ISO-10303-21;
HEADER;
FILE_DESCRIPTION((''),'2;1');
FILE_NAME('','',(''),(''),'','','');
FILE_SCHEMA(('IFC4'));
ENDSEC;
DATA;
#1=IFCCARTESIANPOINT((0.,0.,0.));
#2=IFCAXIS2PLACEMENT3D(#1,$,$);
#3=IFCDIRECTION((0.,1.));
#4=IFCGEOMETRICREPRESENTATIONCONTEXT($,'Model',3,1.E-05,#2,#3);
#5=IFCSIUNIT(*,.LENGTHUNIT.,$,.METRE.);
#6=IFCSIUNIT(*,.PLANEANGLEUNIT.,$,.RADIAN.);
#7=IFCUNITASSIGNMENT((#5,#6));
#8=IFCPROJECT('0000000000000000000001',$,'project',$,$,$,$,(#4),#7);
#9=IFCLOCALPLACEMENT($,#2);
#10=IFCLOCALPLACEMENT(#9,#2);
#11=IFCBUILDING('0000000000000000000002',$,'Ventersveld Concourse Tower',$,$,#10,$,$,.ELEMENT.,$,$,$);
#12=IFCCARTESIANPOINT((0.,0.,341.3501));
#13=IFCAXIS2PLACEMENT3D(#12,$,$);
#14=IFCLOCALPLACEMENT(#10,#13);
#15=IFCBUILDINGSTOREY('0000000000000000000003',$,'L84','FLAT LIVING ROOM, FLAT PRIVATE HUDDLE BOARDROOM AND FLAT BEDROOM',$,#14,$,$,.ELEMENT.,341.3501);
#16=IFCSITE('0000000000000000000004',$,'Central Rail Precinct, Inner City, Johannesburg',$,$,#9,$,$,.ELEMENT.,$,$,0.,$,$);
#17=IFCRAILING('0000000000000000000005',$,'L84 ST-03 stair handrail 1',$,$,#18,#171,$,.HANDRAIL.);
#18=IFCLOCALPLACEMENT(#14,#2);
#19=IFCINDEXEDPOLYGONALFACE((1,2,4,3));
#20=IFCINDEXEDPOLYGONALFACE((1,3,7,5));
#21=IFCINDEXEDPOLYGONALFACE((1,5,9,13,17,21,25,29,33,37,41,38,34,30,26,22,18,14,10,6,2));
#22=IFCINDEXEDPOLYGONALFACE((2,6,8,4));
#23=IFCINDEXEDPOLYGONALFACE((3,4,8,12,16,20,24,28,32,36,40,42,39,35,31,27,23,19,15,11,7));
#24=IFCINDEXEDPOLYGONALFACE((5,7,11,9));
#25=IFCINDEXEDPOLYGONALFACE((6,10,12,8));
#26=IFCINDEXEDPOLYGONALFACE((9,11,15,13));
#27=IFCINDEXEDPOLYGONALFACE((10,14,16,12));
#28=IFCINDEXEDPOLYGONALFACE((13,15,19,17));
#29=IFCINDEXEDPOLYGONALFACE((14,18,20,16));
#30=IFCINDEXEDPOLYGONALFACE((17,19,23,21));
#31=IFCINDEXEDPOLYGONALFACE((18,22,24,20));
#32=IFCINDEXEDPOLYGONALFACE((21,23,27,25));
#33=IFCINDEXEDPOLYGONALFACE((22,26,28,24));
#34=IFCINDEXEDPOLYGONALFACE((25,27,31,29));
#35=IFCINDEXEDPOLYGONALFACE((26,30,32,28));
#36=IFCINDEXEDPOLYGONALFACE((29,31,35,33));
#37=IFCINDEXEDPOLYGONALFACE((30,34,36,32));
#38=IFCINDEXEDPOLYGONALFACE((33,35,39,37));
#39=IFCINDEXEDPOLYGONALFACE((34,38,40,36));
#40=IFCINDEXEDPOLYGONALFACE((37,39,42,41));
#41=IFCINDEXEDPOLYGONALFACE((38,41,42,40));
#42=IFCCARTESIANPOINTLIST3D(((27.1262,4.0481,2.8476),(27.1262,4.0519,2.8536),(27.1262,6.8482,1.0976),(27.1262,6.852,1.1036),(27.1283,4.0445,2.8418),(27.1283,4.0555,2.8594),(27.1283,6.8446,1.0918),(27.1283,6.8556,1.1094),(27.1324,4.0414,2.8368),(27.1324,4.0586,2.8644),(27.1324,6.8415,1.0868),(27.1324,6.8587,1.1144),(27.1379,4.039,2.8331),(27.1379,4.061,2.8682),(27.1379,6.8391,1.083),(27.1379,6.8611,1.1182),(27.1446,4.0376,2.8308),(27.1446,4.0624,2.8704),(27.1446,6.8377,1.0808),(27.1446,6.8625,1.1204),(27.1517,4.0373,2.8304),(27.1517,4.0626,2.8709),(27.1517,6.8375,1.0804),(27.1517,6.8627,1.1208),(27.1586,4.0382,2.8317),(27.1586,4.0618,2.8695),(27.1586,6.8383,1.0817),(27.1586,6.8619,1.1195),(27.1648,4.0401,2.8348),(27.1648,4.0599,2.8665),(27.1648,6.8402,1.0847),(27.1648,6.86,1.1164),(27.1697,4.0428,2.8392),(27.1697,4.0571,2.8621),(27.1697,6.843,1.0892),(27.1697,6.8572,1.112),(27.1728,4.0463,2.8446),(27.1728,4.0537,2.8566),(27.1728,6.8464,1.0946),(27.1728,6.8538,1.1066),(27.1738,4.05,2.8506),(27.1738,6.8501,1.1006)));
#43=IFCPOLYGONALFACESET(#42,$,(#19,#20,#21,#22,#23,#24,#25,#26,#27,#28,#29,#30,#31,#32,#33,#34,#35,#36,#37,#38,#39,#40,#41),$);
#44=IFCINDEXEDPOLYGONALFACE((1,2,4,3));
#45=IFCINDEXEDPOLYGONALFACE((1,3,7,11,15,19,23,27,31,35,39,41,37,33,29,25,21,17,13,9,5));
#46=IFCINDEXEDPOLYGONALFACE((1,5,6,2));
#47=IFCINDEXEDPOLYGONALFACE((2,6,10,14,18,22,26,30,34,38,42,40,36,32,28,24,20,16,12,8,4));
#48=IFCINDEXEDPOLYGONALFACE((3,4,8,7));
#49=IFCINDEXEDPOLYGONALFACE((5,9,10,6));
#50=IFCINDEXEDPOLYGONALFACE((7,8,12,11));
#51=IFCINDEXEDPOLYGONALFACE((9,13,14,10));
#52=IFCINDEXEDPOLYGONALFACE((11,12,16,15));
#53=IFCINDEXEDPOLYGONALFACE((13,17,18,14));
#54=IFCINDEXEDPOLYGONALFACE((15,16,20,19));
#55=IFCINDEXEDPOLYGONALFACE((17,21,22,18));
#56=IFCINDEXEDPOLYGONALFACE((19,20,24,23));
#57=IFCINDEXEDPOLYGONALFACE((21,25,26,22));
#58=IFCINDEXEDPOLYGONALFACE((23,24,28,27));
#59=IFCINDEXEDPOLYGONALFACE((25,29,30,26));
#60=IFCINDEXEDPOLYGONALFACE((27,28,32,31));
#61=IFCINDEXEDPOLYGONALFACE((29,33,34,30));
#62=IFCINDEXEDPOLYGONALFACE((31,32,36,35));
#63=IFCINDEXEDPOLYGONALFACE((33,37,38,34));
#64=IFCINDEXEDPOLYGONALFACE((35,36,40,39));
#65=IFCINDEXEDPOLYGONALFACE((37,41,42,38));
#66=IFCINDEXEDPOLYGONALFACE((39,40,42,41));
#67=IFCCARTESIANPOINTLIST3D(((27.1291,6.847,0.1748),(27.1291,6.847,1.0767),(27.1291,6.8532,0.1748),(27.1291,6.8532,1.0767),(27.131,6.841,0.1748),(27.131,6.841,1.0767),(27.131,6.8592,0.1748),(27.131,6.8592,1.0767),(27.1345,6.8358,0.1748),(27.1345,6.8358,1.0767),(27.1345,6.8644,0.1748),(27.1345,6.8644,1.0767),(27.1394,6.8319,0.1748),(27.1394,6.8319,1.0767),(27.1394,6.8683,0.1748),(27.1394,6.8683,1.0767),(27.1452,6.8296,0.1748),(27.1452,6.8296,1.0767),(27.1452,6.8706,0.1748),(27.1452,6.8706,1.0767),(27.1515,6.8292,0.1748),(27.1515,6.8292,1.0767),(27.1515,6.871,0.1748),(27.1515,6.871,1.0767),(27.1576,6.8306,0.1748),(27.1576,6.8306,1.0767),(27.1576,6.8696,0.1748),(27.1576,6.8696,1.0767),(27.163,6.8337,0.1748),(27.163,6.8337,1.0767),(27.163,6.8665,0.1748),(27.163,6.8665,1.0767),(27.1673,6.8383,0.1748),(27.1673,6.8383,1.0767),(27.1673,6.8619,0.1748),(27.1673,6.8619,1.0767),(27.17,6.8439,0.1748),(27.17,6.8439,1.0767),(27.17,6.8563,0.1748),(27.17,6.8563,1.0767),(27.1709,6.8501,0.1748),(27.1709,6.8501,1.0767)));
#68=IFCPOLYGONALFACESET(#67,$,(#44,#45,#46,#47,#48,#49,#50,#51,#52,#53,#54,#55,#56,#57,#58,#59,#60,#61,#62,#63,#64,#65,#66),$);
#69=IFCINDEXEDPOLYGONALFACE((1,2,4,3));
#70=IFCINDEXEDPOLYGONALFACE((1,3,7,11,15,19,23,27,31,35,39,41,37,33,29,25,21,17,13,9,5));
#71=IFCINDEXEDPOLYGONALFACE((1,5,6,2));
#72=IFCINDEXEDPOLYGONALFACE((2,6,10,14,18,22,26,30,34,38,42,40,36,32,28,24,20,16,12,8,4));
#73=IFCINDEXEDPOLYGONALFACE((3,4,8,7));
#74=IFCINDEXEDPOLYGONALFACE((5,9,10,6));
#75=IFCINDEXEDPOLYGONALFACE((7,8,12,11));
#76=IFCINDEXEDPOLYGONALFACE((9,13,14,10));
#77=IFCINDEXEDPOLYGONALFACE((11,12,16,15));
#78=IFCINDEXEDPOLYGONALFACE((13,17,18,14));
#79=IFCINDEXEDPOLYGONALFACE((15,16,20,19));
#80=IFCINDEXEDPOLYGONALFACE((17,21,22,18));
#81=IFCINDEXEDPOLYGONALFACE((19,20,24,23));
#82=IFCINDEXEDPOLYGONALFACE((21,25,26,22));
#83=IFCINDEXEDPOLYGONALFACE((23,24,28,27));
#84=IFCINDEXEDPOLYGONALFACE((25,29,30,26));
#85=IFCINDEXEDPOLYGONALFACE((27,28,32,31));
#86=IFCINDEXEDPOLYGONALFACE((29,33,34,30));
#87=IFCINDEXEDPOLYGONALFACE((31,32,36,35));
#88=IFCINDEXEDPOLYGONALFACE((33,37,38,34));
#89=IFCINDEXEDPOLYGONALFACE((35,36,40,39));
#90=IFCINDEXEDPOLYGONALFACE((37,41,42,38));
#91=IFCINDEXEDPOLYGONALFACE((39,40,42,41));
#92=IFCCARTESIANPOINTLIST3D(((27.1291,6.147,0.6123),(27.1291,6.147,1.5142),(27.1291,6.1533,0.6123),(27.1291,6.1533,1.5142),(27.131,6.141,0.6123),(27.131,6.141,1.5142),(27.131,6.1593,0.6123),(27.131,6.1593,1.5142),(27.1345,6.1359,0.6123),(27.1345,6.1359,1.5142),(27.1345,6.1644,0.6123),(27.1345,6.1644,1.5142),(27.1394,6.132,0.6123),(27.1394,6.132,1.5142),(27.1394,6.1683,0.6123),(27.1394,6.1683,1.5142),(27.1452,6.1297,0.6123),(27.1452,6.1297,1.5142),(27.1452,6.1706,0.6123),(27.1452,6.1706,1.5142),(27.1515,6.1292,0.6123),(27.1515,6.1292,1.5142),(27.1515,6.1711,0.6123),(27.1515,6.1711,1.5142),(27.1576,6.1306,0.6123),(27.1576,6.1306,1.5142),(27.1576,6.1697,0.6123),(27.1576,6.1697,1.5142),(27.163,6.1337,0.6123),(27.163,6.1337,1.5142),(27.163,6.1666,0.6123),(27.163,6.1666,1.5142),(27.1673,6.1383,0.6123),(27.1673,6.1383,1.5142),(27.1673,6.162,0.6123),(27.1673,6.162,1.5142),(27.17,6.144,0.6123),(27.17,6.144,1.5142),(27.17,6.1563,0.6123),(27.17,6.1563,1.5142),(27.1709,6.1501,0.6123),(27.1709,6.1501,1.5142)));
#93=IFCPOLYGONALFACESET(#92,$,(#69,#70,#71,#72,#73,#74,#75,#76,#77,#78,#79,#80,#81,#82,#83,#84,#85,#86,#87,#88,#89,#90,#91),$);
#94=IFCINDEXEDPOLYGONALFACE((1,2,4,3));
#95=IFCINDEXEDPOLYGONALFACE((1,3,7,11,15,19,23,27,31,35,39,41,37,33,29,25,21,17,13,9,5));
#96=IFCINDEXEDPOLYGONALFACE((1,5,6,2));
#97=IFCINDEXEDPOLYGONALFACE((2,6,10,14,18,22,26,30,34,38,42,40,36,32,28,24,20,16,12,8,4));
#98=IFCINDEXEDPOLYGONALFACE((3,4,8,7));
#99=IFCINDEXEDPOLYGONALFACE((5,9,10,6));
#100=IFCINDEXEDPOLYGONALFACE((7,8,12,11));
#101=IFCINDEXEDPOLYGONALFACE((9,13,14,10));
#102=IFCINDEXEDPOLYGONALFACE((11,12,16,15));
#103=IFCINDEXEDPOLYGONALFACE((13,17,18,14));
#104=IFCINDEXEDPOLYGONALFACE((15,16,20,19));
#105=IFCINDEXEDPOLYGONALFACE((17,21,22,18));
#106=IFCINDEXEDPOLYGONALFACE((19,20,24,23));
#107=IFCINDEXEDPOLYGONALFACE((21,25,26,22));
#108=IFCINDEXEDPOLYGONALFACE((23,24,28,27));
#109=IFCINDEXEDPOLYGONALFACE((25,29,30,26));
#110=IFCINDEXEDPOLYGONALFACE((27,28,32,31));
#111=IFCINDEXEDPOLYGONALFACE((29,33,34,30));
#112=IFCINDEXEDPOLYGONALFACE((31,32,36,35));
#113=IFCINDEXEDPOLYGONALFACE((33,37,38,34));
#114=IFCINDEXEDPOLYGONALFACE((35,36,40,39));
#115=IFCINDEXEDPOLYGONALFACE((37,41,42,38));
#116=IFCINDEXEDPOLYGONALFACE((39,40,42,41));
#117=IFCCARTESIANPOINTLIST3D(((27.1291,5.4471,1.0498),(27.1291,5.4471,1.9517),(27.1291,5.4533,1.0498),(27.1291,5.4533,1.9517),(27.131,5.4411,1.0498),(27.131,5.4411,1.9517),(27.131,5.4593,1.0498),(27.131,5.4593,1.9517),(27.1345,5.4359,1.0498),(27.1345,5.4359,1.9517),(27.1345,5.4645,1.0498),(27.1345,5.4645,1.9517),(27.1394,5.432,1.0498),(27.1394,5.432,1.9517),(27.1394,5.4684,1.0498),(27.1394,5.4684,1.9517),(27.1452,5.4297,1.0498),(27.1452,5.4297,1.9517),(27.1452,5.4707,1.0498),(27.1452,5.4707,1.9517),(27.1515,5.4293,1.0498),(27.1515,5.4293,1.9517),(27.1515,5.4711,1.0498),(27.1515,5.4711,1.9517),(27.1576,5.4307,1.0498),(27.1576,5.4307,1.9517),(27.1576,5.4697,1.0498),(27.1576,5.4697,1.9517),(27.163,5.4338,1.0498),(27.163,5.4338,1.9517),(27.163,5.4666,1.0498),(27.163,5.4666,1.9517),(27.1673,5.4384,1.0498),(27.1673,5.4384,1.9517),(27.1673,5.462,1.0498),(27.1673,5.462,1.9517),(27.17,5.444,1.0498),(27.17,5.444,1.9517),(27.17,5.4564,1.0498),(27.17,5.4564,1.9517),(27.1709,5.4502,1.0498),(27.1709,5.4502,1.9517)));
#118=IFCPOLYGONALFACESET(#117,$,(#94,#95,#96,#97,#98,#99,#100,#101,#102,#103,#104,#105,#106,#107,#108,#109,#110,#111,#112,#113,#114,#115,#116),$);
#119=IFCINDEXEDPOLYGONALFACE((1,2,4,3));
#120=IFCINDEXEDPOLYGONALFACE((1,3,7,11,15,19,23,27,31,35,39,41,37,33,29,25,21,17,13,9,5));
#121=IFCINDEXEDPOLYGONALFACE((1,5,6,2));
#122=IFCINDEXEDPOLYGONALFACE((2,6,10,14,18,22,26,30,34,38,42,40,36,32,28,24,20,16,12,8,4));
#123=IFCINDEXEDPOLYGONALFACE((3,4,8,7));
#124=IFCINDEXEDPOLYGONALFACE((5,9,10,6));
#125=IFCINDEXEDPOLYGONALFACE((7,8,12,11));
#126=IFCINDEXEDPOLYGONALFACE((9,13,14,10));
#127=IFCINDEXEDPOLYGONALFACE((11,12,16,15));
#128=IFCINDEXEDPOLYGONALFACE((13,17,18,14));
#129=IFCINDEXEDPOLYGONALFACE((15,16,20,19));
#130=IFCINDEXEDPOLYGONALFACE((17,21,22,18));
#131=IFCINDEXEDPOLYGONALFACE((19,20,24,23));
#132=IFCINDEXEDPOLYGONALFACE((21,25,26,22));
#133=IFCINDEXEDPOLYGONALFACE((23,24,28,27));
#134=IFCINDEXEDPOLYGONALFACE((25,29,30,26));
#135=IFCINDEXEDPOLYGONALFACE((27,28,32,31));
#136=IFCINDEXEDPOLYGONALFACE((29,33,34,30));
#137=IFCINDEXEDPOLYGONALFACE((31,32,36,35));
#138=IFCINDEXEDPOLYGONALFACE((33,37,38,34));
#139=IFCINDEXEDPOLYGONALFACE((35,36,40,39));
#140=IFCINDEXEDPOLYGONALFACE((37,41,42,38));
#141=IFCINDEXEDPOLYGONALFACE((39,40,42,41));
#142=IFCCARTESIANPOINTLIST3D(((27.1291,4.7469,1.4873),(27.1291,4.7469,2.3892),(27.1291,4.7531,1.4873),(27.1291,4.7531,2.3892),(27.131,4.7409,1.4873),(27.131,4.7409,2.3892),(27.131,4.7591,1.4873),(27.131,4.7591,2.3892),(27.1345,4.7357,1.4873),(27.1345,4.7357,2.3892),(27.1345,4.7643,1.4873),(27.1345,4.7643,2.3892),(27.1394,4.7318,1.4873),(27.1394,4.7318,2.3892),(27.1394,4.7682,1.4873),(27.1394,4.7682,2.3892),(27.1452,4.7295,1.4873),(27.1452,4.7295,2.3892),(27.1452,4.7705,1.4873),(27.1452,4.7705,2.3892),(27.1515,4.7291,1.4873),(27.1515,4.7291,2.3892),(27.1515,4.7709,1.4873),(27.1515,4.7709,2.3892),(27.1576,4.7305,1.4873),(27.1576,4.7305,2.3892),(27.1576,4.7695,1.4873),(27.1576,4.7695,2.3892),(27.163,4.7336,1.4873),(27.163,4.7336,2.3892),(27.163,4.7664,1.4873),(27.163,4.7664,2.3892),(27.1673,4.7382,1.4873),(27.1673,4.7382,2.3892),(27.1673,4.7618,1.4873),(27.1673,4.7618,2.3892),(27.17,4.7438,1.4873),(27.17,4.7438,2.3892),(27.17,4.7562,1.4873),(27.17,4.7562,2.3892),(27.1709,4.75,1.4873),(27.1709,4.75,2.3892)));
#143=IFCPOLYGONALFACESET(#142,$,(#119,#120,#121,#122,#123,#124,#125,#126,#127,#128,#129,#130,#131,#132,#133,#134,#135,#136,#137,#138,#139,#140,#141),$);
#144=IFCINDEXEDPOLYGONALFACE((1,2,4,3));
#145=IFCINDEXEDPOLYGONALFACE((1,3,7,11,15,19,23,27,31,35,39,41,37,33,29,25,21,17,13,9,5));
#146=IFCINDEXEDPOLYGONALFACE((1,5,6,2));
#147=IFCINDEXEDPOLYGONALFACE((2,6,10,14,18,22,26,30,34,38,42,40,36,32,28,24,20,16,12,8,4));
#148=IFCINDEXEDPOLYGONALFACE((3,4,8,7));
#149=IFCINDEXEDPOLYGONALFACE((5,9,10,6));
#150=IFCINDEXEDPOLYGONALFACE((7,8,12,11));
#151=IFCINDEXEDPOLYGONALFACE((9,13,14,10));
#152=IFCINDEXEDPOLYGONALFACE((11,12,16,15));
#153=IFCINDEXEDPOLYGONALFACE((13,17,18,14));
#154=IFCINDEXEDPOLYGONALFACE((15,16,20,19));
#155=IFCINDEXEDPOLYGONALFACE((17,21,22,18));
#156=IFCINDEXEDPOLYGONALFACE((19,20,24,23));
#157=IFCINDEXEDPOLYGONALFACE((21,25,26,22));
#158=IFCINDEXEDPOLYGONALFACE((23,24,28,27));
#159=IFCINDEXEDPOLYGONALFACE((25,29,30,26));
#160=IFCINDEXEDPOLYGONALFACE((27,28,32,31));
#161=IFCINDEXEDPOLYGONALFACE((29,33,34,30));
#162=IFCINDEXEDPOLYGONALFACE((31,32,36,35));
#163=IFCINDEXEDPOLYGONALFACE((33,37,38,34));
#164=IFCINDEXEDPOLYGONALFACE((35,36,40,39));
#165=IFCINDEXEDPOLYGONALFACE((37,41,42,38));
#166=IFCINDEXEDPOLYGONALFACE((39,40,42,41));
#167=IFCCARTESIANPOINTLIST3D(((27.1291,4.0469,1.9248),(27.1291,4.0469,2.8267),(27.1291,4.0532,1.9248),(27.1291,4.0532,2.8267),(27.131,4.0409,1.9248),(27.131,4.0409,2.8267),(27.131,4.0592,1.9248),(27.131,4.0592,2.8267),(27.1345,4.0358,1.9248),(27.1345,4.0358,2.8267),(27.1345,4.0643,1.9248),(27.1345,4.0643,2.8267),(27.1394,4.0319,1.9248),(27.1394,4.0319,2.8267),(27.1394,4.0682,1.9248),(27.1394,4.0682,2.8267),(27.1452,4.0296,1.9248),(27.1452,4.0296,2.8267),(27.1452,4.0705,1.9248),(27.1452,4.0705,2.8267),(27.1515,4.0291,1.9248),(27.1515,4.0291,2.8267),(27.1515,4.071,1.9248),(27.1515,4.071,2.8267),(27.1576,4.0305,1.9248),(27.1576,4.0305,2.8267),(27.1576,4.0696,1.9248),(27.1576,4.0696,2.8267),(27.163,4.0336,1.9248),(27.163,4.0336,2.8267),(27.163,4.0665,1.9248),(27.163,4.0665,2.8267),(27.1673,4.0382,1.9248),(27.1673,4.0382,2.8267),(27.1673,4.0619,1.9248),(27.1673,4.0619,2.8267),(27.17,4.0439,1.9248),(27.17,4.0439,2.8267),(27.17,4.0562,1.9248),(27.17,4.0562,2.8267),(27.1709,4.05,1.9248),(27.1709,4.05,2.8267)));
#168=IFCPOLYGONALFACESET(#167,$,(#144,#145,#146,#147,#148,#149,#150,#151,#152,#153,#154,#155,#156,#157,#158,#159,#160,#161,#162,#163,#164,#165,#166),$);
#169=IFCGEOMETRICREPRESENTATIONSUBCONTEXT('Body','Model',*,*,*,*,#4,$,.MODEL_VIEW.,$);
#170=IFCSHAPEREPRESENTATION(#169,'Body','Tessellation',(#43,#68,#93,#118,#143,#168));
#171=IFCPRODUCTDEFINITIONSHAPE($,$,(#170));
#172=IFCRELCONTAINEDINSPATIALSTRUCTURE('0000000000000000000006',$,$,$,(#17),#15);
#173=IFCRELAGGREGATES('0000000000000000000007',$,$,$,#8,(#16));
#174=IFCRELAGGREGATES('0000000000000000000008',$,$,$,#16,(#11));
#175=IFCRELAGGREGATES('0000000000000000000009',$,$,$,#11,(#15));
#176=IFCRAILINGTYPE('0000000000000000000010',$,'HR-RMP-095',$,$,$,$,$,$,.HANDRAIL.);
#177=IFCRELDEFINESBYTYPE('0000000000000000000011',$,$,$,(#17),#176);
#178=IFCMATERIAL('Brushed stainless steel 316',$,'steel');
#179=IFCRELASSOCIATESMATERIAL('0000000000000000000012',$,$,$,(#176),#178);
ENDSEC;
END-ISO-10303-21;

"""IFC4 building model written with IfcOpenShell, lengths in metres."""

from ifc_helpers import new_model, si_unit, direction, frame, origin, origin_2d, place, context, subcontext, project, spatial, circle, extrude, material, type_object, element, save


model = new_model("IFC4")

# Units and contexts
model_context = context("Model", 3, precision=1e-05, world=origin(), true_north=direction((0.0, 1.0)))
body_context = subcontext(model_context, "Body", "Model", "MODEL_VIEW")
ifc_project = project(units=[si_unit("LENGTHUNIT", "METRE"), si_unit("PLANEANGLEUNIT", "RADIAN")], contexts=[model_context])

# Site, building, storey
site_placement = place(None, origin())
site = spatial("IfcSite", under=ifc_project, at=site_placement, Name="Central Rail Precinct, Inner City, Johannesburg", CompositionType="ELEMENT", RefElevation=0.0)
building_placement = place(site_placement, origin())
building = spatial("IfcBuilding", under=site, at=building_placement, Name="Ventersveld Concourse Tower", CompositionType="ELEMENT")
storey_placement = place(building_placement, frame((0.0, 0.0, 341.3501)))
storey = spatial("IfcBuildingStorey", under=building, at=storey_placement, Name="L84", Description="FLAT LIVING ROOM, FLAT PRIVATE HUDDLE BOARDROOM AND FLAT BEDROOM", CompositionType="ELEMENT", Elevation=341.3501)

# Railing
ifc_material_1 = material(Name="Brushed stainless steel 316", Category="steel")
railing_type_1 = type_object("IfcRailingType", Name="HR-RMP-095", PredefinedType="HANDRAIL", material=ifc_material_1)
railing_1_placement = place(storey_placement, frame((27.1499, 6.8501, 0.1748)))
element("IfcRailing", 1, at=railing_1_placement, inside=storey, type_object=railing_type_1, Name="L84 ST-03 stair handrail 1", PredefinedType="HANDRAIL", context=body_context, shape_type="SweptSolid", body=[
    extrude(circle(Radius=0.0239, at=origin_2d()), frame((0.0, 0.0, 0.9258), z_axis=(0.0, -0.848002, 0.529992), x_axis=(1.0, 0.0, 0.0)), (0.0, 0.0, 1.0), 3.302),
    extrude(circle(Radius=0.021, at=origin_2d()), origin(), (0.0, 0.0, 1.0), 0.9019),
    extrude(circle(Radius=0.021, at=origin_2d()), frame((0.0, -0.7, 0.4375)), (0.0, 0.0, 1.0), 0.9019),
    extrude(circle(Radius=0.021, at=origin_2d()), frame((0.0, -1.3999, 0.875)), (0.0, 0.0, 1.0), 0.9019),
    extrude(circle(Radius=0.021, at=origin_2d()), frame((0.0, -2.1001, 1.3125)), (0.0, 0.0, 1.0), 0.9019),
    extrude(circle(Radius=0.021, at=origin_2d()), frame((0.0, -2.8, 1.75)), (0.0, 0.0, 1.0), 0.9019),
])

save(model, "model.ifc")
